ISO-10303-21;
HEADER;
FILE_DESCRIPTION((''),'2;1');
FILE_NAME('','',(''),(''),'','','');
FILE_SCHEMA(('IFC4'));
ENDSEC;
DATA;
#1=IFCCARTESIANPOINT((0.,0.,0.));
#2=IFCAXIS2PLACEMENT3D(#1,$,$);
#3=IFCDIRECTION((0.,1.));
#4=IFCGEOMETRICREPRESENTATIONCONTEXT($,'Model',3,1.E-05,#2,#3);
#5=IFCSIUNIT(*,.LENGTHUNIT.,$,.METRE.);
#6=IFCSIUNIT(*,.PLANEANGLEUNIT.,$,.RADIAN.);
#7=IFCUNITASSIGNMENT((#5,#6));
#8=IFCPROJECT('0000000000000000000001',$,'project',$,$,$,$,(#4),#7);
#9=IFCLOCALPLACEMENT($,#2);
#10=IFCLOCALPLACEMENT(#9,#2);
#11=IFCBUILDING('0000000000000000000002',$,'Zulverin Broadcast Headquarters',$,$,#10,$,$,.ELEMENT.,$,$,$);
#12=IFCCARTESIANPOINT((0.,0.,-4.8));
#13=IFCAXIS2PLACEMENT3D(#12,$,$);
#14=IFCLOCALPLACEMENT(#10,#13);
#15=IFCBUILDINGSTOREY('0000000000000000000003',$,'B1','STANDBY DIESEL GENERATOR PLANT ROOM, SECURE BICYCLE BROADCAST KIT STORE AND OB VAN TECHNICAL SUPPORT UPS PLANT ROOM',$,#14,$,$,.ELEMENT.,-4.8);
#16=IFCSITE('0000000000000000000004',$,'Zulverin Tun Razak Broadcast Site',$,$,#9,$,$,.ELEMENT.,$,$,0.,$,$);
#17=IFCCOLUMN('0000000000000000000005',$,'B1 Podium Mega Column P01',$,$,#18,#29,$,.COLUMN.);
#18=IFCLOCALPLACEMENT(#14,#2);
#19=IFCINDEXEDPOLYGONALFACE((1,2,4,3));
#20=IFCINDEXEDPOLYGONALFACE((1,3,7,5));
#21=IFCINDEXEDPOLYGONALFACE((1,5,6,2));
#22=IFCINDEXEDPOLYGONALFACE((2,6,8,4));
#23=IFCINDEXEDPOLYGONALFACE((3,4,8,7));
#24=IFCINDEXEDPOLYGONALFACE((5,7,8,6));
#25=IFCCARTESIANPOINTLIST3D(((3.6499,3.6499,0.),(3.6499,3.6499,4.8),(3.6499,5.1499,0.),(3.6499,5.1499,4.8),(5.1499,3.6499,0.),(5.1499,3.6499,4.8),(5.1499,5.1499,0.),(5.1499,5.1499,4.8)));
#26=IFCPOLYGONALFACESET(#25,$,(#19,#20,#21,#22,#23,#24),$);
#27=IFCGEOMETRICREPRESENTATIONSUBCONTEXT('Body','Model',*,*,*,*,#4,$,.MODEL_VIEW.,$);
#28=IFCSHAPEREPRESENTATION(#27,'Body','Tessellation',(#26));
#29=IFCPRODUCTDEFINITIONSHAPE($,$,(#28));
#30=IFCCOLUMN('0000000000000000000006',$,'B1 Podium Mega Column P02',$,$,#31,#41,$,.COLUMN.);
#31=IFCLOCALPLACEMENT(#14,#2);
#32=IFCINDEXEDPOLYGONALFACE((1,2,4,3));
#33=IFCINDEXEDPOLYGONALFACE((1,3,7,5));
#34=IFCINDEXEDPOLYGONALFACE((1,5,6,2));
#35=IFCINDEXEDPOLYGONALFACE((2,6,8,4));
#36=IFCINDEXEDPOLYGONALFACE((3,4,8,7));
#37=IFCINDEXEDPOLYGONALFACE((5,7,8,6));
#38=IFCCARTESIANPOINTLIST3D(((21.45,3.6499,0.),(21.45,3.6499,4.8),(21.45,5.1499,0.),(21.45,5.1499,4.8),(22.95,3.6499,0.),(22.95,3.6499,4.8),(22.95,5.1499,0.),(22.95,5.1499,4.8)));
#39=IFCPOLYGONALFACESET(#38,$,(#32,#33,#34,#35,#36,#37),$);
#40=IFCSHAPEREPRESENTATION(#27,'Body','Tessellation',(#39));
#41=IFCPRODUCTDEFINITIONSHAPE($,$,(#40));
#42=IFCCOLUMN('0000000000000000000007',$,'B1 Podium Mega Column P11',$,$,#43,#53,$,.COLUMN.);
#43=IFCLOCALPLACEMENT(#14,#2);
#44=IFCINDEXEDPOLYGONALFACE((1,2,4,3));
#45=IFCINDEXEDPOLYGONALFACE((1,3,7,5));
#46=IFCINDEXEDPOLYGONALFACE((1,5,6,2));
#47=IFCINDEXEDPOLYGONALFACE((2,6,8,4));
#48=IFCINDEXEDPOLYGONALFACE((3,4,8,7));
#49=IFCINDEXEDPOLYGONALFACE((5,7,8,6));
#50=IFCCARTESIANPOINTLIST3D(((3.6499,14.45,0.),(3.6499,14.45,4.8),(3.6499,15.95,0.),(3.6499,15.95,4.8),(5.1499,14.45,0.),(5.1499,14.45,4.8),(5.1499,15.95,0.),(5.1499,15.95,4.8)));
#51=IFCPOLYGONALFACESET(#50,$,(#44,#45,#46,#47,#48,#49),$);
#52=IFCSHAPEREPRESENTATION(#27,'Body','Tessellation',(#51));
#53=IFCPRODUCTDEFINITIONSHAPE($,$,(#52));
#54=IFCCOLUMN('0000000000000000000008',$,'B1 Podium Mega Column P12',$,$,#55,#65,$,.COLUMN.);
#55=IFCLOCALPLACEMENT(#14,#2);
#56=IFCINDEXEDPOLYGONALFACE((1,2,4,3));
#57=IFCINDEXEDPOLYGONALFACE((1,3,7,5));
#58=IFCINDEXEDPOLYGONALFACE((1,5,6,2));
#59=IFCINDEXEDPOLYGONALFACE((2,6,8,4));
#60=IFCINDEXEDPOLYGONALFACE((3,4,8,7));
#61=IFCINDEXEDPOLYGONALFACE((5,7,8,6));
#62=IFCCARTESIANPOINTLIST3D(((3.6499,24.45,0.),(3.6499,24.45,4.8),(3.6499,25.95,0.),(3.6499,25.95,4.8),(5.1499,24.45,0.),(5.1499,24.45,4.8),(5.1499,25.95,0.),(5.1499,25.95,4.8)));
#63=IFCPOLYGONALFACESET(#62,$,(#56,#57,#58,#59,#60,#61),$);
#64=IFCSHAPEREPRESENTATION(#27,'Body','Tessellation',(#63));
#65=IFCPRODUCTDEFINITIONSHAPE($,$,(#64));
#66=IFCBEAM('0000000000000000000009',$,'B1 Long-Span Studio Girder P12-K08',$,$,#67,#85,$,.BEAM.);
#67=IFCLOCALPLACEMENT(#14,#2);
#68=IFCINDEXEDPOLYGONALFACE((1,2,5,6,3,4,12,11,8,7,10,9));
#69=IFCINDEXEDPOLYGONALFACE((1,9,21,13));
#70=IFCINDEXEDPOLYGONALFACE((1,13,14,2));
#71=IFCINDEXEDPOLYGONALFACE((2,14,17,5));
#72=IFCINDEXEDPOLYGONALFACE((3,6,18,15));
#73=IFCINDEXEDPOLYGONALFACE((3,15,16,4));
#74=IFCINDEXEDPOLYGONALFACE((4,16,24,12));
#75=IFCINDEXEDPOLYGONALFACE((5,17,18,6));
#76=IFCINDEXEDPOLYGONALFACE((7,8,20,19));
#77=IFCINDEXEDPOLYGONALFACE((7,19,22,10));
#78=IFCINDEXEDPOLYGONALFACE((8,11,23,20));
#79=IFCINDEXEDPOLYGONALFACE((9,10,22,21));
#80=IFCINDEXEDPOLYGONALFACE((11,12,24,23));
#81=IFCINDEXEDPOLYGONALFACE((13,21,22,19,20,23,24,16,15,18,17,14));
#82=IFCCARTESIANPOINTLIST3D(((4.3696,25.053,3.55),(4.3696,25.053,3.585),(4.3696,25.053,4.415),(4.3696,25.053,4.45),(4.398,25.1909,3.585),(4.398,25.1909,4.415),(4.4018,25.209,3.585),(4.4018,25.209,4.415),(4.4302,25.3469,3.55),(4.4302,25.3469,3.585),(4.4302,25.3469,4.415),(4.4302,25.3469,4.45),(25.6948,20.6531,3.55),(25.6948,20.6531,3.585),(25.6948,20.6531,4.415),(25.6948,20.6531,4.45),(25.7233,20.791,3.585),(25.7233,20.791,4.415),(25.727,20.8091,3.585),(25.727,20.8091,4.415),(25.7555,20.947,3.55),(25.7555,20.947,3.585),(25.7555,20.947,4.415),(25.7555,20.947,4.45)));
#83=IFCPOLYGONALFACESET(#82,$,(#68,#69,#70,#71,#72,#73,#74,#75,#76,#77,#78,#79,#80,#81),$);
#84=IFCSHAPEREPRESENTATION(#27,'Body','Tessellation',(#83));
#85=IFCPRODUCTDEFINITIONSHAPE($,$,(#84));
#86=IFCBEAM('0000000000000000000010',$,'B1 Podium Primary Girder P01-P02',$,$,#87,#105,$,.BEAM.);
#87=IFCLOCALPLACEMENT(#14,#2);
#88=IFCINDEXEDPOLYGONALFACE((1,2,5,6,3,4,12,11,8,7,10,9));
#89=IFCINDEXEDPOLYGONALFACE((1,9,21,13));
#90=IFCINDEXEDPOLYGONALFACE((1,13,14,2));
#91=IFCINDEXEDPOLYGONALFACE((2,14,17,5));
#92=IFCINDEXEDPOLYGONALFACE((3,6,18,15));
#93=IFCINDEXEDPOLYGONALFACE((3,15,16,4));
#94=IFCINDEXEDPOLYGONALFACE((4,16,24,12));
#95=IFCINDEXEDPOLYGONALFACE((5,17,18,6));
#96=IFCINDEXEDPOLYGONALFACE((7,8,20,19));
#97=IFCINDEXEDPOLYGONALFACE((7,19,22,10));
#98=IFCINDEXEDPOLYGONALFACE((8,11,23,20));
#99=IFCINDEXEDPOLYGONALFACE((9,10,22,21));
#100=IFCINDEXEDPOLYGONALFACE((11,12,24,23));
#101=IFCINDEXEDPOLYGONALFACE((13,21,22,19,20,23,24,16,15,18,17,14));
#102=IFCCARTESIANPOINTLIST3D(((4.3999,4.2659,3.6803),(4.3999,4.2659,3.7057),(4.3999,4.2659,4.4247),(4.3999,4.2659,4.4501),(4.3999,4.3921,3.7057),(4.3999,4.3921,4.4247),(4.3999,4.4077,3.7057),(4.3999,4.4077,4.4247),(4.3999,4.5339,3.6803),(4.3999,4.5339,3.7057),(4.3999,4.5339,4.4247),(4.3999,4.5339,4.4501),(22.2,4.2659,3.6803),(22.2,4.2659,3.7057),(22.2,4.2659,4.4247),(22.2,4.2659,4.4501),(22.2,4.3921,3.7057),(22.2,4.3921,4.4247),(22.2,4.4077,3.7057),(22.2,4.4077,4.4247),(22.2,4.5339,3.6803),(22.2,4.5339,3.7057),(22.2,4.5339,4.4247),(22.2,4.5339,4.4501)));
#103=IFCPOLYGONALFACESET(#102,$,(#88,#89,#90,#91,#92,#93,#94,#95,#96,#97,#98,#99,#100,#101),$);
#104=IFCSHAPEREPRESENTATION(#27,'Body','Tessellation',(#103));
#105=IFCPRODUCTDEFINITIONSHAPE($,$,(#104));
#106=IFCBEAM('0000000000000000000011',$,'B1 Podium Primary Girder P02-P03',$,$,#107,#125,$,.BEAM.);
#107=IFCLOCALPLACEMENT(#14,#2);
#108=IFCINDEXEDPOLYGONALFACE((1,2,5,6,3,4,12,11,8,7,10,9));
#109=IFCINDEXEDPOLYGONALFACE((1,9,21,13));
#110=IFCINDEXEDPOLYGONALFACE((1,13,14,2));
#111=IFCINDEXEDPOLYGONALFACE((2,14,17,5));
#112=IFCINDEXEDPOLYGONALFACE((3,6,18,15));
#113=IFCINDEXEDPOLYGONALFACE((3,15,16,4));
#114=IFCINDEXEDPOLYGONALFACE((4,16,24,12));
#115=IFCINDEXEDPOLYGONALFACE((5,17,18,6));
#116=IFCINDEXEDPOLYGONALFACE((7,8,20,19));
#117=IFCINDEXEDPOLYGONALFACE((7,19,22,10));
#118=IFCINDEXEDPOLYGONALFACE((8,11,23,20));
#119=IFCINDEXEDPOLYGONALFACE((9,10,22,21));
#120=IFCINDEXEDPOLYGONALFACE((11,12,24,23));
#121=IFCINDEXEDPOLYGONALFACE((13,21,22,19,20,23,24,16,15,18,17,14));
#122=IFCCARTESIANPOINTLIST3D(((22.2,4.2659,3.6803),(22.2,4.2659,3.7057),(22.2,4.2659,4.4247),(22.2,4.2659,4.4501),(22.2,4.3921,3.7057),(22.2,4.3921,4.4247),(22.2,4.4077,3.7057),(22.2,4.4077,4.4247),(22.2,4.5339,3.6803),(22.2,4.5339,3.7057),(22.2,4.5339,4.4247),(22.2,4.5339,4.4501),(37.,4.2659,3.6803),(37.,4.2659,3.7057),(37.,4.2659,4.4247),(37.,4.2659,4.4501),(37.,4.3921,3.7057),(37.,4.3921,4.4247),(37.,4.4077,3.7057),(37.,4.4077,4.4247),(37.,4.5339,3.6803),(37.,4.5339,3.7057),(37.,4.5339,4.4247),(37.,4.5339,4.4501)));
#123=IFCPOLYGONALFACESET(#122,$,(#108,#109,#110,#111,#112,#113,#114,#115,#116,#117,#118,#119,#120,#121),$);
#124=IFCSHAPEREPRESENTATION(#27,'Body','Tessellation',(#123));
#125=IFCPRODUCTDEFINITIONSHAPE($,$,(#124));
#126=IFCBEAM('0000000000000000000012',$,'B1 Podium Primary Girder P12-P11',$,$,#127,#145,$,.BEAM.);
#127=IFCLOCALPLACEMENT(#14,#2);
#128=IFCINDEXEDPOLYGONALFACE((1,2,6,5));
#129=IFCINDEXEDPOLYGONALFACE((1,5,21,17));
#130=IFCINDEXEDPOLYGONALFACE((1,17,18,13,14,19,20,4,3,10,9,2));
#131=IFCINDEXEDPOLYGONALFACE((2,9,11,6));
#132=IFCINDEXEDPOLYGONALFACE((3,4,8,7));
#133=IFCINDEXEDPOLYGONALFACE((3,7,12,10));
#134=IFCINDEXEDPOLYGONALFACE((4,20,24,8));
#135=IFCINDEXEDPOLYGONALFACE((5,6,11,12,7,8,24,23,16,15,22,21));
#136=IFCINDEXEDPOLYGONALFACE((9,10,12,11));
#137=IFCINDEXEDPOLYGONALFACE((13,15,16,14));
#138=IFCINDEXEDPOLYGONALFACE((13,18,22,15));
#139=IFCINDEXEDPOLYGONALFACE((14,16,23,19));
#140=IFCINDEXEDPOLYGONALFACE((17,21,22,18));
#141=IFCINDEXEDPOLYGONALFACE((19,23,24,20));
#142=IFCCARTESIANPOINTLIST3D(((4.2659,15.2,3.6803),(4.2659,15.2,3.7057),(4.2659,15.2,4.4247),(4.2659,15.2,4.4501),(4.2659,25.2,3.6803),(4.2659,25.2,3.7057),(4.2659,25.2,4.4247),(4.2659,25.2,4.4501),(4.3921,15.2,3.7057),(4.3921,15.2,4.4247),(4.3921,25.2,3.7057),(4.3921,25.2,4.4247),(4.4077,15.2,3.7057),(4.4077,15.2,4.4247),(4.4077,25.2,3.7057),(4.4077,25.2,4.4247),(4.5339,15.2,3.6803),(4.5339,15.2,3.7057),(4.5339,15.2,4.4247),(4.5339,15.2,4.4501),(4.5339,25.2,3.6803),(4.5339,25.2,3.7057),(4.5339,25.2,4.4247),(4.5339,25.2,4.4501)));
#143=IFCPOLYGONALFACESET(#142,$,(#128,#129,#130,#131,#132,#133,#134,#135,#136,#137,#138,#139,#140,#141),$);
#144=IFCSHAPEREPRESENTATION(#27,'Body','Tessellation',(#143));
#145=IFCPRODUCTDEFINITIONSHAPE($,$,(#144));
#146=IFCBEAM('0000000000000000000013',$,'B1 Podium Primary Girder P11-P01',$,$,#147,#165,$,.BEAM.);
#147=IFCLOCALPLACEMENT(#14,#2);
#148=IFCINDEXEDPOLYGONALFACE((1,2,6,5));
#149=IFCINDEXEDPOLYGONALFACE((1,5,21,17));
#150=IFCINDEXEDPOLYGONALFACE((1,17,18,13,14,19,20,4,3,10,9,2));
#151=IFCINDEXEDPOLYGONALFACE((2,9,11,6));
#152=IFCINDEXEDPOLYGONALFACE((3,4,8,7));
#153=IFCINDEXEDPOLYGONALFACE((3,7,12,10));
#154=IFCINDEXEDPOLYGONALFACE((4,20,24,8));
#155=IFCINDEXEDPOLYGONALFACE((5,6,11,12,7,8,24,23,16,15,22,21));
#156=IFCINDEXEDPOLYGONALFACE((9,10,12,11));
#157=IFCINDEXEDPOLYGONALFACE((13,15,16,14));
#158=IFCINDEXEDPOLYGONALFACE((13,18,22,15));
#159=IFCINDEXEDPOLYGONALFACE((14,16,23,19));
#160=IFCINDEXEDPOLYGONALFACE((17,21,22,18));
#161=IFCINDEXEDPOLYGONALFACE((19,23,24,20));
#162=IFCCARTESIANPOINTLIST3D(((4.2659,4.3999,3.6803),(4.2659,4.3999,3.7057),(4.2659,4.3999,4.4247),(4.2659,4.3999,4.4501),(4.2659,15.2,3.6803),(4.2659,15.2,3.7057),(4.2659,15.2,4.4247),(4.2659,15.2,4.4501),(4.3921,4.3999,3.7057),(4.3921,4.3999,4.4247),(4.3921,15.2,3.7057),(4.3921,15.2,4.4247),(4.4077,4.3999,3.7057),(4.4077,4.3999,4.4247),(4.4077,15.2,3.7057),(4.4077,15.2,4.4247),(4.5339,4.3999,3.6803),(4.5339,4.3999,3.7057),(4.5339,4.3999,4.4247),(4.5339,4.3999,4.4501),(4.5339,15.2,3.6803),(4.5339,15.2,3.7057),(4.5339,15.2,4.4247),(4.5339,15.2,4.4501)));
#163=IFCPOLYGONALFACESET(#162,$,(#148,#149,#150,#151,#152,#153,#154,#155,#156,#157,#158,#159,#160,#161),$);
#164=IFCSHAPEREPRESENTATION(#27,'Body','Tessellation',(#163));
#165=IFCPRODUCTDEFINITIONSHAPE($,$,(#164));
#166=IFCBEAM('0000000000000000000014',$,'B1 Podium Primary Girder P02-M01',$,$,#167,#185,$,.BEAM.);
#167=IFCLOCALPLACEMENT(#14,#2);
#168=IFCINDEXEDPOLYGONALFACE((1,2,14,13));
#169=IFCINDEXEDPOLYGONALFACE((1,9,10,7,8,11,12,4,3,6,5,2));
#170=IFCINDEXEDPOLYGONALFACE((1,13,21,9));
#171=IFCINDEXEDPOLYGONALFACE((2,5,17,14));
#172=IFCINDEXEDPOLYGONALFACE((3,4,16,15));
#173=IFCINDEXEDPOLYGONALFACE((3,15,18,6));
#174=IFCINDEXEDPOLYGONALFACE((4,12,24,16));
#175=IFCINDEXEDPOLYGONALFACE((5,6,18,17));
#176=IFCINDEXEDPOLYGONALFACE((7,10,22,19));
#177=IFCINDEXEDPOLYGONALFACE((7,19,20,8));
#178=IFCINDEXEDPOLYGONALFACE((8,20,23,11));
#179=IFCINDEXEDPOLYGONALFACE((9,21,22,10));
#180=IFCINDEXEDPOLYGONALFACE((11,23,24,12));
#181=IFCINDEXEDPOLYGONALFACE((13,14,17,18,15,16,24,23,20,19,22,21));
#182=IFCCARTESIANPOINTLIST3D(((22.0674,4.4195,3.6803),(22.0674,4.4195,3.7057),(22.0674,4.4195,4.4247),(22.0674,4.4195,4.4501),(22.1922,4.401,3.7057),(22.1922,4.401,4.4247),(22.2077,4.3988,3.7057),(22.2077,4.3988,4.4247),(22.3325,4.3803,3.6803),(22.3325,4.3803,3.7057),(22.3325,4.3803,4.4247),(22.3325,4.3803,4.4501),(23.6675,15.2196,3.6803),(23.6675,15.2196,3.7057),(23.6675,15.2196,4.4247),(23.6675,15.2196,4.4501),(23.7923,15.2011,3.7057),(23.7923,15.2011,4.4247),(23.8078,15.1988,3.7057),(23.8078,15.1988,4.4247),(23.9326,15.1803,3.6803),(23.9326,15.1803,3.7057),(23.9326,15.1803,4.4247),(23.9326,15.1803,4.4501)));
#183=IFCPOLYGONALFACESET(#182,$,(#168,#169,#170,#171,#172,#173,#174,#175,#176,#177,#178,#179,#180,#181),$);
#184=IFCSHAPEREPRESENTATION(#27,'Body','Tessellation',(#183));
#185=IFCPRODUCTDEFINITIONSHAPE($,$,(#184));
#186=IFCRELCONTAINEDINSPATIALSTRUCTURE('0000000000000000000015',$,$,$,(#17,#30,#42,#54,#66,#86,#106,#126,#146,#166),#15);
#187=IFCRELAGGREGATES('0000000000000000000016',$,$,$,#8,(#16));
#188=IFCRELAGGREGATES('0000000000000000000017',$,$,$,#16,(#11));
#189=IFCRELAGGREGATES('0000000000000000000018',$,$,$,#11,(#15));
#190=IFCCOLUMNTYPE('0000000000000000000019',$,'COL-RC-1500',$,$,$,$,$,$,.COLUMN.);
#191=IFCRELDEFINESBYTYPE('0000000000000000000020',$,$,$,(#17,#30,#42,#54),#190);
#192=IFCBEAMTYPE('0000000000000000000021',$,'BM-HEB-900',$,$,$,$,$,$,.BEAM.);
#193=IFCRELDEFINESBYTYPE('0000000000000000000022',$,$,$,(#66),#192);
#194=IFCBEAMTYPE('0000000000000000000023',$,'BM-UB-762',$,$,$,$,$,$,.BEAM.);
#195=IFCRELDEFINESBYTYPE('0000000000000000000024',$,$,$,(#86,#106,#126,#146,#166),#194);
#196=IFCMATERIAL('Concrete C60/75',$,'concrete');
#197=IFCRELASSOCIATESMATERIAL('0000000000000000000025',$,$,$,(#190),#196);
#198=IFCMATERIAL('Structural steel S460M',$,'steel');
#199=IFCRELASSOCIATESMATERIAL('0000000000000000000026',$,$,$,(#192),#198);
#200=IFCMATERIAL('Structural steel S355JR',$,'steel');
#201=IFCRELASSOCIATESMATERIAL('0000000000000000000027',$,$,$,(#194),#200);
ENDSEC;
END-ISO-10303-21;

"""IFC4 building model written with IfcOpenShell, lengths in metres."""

from ifc_helpers import new_model, si_unit, direction, frame, origin, origin_2d, place, context, subcontext, project, spatial, rectangle, i_section, extrude, material, material_profile, profile_set, type_object, element, save


model = new_model("IFC4")

# Units and contexts
model_context = context("Model", 3, precision=1e-05, world=origin(), true_north=direction((0.0, 1.0)))
body_context = subcontext(model_context, "Body", "Model", "MODEL_VIEW")
ifc_project = project(units=[si_unit("LENGTHUNIT", "METRE"), si_unit("PLANEANGLEUNIT", "RADIAN")], contexts=[model_context])

# Site, building, storey
site_placement = place(None, origin())
site = spatial("IfcSite", under=ifc_project, at=site_placement, Name="Zulverin Tun Razak Broadcast Site", CompositionType="ELEMENT", RefElevation=0.0)
building_placement = place(site_placement, origin())
building = spatial("IfcBuilding", under=site, at=building_placement, Name="Zulverin Broadcast Headquarters", CompositionType="ELEMENT")
storey_placement = place(building_placement, frame((0.0, 0.0, -4.8)))
storey = spatial("IfcBuildingStorey", under=building, at=storey_placement, Name="B1", Description="STANDBY DIESEL GENERATOR PLANT ROOM, SECURE BICYCLE BROADCAST KIT STORE AND OB VAN TECHNICAL SUPPORT UPS PLANT ROOM", CompositionType="ELEMENT", Elevation=-4.8)

# Columns
ifc_material_1 = material(Name="Concrete C60/75", Category="concrete")
ifc_material_profile_1 = material_profile(ifc_material_1, rectangle(XDim=1.5, YDim=1.5, at=origin_2d()), Name="Concrete C60/75", Category="concrete")
ifc_profile_set_1 = profile_set([ifc_material_profile_1], Name="Concrete C60/75")
column_type = type_object("IfcColumnType", Name="COL-RC-1500", PredefinedType="COLUMN", material=ifc_profile_set_1)
for number, where, z_axis, x_axis, name in (
    (1, (4.3999, 4.3999, 0.0), (0.0, 0.0, 1.0), (1.0, 0.0, 0.0), "B1 Podium Mega Column P01"),
    (2, (22.2, 4.3999, 0.0), (0.0, 0.0, 1.0), (1.0, 0.0, 0.0), "B1 Podium Mega Column P02"),
    (3, (4.3999, 15.2, 0.0), (0.0, 0.0, 1.0), (1.0, 0.0, 0.0), "B1 Podium Mega Column P11"),
    (4, (4.3999, 25.2, 0.0), (0.0, 0.0, 1.0), (1.0, 0.0, 0.0), "B1 Podium Mega Column P12"),
):
    element("IfcColumn", number, at=place(storey_placement, frame(where, z_axis=z_axis, x_axis=x_axis)), inside=storey, type_object=column_type, Name=name, PredefinedType="COLUMN", context=body_context, shape_type="SweptSolid", body=[
        extrude(rectangle(XDim=1.5, YDim=1.5, at=origin_2d()), origin(), (0.0, 0.0, 1.0), 4.8),
    ])

# Beams
ifc_material_2 = material(Name="Structural steel S460M", Category="steel")
ifc_material_profile_2 = material_profile(ifc_material_2, i_section(OverallWidth=0.3, OverallDepth=0.8999, WebThickness=0.0186, FlangeThickness=0.0349, at=origin_2d()), Name="Structural steel S460M", Category="steel")
ifc_profile_set_2 = profile_set([ifc_material_profile_2], Name="Structural steel S460M")
beam_type_1 = type_object("IfcBeamType", Name="BM-HEB-900", PredefinedType="BEAM", material=ifc_profile_set_2)
beam_1_placement = place(storey_placement, frame((4.3999, 25.2, 4.0), z_axis=(0.979371, -0.202068, 0.0), x_axis=(0.202068, 0.979371, 0.0)))
element("IfcBeam", 5, at=beam_1_placement, inside=storey, type_object=beam_type_1, Name="B1 Long-Span Studio Girder P12-K08", PredefinedType="BEAM", context=body_context, shape_type="SweptSolid", body=[
    extrude(i_section(OverallWidth=0.3, OverallDepth=0.8999, WebThickness=0.0186, FlangeThickness=0.0349, at=origin_2d()), origin(), (0.0, 0.0, 1.0), 21.7744),
])
ifc_material_3 = material(Name="Structural steel S355JR", Category="steel")
ifc_material_profile_3 = material_profile(ifc_material_3, i_section(OverallWidth=0.2681, OverallDepth=0.7698, WebThickness=0.0156, FlangeThickness=0.0254, at=origin_2d()), Name="Structural steel S355JR", Category="steel")
ifc_profile_set_3 = profile_set([ifc_material_profile_3], Name="Structural steel S355JR")
beam_type_2 = type_object("IfcBeamType", Name="BM-UB-762", PredefinedType="BEAM", material=ifc_profile_set_3)
beam_2_placement = place(storey_placement, frame((4.3999, 4.3999, 4.0652), z_axis=(1.0, 0.0, 0.0), x_axis=(0.0, 1.0, 0.0)))
element("IfcBeam", 6, at=beam_2_placement, inside=storey, type_object=beam_type_2, Name="B1 Podium Primary Girder P01-P02", PredefinedType="BEAM", context=body_context, shape_type="SweptSolid", body=[
    extrude(i_section(OverallWidth=0.2681, OverallDepth=0.7698, WebThickness=0.0156, FlangeThickness=0.0254, at=origin_2d()), origin(), (0.0, 0.0, 1.0), 17.8),
])
beam_3_placement = place(storey_placement, frame((22.2, 4.3999, 4.0652), z_axis=(1.0, 0.0, 0.0), x_axis=(0.0, 1.0, 0.0)))
element("IfcBeam", 7, at=beam_3_placement, inside=storey, type_object=beam_type_2, Name="B1 Podium Primary Girder P02-P03", PredefinedType="BEAM", context=body_context, shape_type="SweptSolid", body=[
    extrude(i_section(OverallWidth=0.2681, OverallDepth=0.7698, WebThickness=0.0156, FlangeThickness=0.0254, at=origin_2d()), origin(), (0.0, 0.0, 1.0), 14.8),
])
beam_4_placement = place(storey_placement, frame((4.3999, 25.2, 4.0652), z_axis=(0.0, -1.0, 0.0), x_axis=(1.0, 0.0, 0.0)))
element("IfcBeam", 8, at=beam_4_placement, inside=storey, type_object=beam_type_2, Name="B1 Podium Primary Girder P12-P11", PredefinedType="BEAM", context=body_context, shape_type="SweptSolid", body=[
    extrude(i_section(OverallWidth=0.2681, OverallDepth=0.7698, WebThickness=0.0156, FlangeThickness=0.0254, at=origin_2d()), origin(), (0.0, 0.0, 1.0), 10.0),
])
beam_5_placement = place(storey_placement, frame((4.3999, 15.2, 4.0652), z_axis=(0.0, -1.0, 0.0), x_axis=(1.0, 0.0, 0.0)))
element("IfcBeam", 9, at=beam_5_placement, inside=storey, type_object=beam_type_2, Name="B1 Podium Primary Girder P11-P01", PredefinedType="BEAM", context=body_context, shape_type="SweptSolid", body=[
    extrude(i_section(OverallWidth=0.2681, OverallDepth=0.7698, WebThickness=0.0156, FlangeThickness=0.0254, at=origin_2d()), origin(), (0.0, 0.0, 1.0), 10.8),
])
beam_6_placement = place(storey_placement, frame((22.2, 4.3999, 4.0652), z_axis=(0.146557, 0.989202, 0.0), x_axis=(-0.989202, 0.146557, 0.0)))
element("IfcBeam", 10, at=beam_6_placement, inside=storey, type_object=beam_type_2, Name="B1 Podium Primary Girder P02-M01", PredefinedType="BEAM", context=body_context, shape_type="SweptSolid", body=[
    extrude(i_section(OverallWidth=0.2681, OverallDepth=0.7698, WebThickness=0.0156, FlangeThickness=0.0254, at=origin_2d()), origin(), (0.0, 0.0, 1.0), 10.918),
])

save(model, "model.ifc")
